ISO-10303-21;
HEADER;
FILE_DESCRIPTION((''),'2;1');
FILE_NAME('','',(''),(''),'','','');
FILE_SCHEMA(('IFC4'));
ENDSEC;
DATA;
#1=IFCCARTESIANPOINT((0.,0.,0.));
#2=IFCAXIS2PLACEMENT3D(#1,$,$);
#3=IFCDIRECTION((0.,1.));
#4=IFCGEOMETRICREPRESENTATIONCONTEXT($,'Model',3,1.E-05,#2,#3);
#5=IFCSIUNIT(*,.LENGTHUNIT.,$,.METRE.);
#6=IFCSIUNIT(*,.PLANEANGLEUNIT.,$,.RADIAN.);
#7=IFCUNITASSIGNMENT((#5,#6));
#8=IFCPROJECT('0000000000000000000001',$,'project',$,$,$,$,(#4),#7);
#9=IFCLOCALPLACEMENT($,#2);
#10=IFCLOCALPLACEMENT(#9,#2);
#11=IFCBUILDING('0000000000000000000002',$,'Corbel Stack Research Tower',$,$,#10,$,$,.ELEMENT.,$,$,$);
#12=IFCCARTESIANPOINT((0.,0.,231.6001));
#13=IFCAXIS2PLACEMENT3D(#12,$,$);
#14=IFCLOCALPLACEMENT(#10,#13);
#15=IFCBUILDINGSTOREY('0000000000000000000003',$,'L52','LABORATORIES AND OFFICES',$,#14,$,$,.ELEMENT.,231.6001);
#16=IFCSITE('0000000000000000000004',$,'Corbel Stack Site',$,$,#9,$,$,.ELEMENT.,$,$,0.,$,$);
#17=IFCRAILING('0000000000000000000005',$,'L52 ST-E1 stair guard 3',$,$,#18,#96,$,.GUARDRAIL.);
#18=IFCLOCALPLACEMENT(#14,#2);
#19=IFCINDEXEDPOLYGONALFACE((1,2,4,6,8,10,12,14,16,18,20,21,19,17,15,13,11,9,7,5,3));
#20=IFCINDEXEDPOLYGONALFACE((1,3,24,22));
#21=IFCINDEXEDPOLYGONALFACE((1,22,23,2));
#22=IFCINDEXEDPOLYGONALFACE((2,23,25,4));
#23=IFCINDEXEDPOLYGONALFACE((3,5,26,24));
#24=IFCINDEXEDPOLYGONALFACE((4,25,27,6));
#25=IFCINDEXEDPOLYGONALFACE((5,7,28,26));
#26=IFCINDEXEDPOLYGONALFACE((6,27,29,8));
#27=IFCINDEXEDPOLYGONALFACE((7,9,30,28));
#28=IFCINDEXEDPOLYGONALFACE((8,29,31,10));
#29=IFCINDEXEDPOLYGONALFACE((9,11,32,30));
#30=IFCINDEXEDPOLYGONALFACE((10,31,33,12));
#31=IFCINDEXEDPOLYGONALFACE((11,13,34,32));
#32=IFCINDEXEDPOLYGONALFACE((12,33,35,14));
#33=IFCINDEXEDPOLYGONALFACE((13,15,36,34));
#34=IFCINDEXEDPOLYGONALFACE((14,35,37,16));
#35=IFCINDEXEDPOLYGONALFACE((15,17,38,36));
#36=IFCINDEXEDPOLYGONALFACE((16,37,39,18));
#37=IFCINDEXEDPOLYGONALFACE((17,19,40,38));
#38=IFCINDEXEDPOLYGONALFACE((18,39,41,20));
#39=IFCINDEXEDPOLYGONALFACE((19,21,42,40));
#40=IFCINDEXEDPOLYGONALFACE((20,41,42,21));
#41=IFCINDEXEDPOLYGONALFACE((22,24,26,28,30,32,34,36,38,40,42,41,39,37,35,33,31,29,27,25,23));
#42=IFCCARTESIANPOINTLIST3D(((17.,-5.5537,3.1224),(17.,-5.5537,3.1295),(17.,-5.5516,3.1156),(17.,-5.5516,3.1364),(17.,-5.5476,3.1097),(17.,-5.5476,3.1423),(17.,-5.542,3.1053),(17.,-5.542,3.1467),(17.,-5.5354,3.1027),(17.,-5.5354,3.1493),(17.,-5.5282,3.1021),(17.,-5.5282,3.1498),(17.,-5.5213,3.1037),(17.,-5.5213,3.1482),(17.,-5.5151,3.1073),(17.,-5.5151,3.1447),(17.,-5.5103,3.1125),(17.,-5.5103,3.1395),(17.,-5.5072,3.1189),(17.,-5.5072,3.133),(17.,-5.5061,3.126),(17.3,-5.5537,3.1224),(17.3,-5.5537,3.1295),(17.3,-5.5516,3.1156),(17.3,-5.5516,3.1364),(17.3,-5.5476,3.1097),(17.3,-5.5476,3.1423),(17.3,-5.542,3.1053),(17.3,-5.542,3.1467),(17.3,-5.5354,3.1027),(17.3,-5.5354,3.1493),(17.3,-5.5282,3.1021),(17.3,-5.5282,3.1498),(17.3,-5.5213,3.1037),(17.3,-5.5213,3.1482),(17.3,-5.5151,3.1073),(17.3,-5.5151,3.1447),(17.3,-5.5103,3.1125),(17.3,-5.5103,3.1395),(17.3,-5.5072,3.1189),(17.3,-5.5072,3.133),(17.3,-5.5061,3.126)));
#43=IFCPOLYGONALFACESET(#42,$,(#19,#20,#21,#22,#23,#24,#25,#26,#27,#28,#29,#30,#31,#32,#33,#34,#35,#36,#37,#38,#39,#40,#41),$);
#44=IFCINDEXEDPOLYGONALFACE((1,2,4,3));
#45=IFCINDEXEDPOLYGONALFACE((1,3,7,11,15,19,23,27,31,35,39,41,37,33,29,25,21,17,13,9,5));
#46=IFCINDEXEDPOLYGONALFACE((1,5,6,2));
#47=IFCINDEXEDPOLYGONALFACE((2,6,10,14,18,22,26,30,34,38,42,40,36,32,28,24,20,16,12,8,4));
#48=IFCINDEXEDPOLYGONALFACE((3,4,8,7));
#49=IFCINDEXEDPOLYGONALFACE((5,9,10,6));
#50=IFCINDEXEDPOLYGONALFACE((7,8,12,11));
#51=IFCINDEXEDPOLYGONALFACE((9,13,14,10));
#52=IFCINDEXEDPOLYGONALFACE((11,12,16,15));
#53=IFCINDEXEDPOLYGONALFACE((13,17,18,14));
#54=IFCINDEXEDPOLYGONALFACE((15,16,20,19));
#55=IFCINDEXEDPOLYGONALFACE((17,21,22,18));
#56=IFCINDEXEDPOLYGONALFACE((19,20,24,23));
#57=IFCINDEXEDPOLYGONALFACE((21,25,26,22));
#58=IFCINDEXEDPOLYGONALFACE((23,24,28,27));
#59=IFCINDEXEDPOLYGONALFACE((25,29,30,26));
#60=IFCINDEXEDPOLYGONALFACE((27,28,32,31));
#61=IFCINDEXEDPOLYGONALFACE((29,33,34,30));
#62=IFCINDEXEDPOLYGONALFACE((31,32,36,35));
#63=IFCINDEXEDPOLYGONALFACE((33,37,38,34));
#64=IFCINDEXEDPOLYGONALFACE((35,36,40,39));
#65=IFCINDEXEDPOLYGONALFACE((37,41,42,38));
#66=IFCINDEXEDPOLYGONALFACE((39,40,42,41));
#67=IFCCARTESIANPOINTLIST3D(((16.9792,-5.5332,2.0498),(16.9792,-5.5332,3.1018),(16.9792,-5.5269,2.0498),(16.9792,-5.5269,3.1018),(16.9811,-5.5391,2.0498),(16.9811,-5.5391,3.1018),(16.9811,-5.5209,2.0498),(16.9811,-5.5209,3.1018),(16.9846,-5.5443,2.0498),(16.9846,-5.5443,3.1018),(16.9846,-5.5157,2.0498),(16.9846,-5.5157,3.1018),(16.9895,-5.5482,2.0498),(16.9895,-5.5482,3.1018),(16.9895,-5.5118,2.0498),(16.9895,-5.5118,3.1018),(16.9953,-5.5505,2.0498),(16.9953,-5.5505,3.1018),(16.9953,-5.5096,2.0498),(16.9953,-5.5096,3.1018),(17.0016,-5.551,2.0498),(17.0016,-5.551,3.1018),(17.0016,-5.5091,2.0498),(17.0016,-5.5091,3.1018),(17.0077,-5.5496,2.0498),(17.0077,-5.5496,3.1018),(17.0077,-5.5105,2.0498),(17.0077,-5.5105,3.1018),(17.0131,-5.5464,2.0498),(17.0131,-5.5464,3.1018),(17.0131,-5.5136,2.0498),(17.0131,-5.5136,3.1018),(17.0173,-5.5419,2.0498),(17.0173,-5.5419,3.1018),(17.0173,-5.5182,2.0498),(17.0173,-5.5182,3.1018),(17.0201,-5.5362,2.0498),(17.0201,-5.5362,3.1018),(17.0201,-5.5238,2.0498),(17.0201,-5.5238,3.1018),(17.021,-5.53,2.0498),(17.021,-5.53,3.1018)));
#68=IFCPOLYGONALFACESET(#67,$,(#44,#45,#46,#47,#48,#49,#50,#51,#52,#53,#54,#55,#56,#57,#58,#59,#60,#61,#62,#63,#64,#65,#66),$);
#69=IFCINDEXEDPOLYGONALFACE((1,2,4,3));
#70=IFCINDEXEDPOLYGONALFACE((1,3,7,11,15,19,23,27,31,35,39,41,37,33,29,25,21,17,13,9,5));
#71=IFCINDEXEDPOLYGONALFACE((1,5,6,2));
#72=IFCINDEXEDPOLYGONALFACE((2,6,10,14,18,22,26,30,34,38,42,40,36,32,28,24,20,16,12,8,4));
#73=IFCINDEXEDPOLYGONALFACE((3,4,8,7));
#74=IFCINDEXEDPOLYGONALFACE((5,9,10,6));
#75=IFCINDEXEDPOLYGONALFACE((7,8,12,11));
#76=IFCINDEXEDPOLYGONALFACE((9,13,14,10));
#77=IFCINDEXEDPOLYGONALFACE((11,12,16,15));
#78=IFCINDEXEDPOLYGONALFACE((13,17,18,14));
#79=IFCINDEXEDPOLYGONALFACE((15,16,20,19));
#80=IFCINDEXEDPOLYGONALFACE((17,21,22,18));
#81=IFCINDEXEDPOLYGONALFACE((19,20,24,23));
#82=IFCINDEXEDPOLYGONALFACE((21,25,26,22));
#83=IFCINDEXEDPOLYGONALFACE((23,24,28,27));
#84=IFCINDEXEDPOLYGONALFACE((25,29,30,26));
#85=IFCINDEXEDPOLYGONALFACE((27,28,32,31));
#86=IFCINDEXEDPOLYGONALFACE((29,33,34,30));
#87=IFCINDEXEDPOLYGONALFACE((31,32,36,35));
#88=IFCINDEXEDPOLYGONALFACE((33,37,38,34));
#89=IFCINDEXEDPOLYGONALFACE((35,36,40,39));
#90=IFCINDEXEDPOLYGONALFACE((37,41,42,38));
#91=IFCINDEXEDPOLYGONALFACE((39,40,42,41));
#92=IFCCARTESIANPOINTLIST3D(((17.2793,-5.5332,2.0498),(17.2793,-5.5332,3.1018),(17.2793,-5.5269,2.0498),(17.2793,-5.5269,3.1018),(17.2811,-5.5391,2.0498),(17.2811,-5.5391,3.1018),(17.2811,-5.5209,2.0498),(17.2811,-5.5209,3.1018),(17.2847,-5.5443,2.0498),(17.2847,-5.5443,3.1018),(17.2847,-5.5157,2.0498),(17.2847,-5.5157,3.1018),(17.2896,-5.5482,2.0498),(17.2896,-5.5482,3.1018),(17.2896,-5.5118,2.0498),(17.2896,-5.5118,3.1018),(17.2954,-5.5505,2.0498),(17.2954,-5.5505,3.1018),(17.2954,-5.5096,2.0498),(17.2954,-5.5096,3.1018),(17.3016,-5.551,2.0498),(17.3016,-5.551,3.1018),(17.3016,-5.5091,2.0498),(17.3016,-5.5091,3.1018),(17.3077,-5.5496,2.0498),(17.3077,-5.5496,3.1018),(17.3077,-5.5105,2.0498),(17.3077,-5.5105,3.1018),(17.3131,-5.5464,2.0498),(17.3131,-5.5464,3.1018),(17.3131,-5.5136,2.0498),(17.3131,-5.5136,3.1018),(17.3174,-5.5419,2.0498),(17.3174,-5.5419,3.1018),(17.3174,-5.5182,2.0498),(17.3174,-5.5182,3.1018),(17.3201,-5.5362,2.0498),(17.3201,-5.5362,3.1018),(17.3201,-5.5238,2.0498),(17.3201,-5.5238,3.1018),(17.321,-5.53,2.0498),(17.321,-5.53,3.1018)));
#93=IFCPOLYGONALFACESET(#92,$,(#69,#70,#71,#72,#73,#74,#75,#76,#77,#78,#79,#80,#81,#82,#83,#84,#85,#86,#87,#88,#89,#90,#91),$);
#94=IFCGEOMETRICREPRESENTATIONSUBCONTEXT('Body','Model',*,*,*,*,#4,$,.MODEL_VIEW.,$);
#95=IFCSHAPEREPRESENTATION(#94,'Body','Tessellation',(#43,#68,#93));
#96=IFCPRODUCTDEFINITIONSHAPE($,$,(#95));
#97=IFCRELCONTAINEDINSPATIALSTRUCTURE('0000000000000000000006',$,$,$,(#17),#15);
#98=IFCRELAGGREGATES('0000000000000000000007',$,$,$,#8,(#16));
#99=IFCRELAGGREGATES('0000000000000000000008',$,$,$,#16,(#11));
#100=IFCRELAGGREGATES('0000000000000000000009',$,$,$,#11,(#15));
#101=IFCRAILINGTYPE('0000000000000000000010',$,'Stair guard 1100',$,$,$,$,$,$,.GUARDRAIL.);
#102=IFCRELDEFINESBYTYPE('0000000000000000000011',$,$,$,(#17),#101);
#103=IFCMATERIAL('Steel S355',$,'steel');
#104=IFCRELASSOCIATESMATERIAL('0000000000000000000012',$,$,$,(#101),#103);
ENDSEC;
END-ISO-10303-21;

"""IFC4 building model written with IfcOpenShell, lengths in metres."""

from ifc_helpers import new_model, si_unit, direction, frame, origin, origin_2d, place, context, subcontext, project, spatial, circle, extrude, material, type_object, element, save


model = new_model("IFC4")

# Units and contexts
model_context = context("Model", 3, precision=1e-05, world=origin(), true_north=direction((0.0, 1.0)))
body_context = subcontext(model_context, "Body", "Model", "MODEL_VIEW")
ifc_project = project(units=[si_unit("LENGTHUNIT", "METRE"), si_unit("PLANEANGLEUNIT", "RADIAN")], contexts=[model_context])

# Site, building, storey
site_placement = place(None, origin())
site = spatial("IfcSite", under=ifc_project, at=site_placement, Name="Corbel Stack Site", CompositionType="ELEMENT", RefElevation=0.0)
building_placement = place(site_placement, origin())
building = spatial("IfcBuilding", under=site, at=building_placement, Name="Corbel Stack Research Tower", CompositionType="ELEMENT")
storey_placement = place(building_placement, frame((0.0, 0.0, 231.6001)))
storey = spatial("IfcBuildingStorey", under=building, at=storey_placement, Name="L52", Description="LABORATORIES AND OFFICES", CompositionType="ELEMENT", Elevation=231.6001)

# Railing
ifc_material_1 = material(Name="Steel S355", Category="steel")
railing_type_1 = type_object("IfcRailingType", Name="Stair guard 1100", PredefinedType="GUARDRAIL", material=ifc_material_1)
railing_1_placement = place(storey_placement, frame((17.0, -5.53, 2.0498)))
element("IfcRailing", 1, at=railing_1_placement, inside=storey, type_object=railing_type_1, Name="L52 ST-E1 stair guard 3", PredefinedType="GUARDRAIL", context=body_context, shape_type="SweptSolid", body=[
    extrude(circle(Radius=0.0239, at=origin_2d()), frame((0.0, 0.0, 1.0762), z_axis=(1.0, 0.0, 0.0), x_axis=(0.0, 1.0, 0.0)), (0.0, 0.0, 1.0), 0.3),
    extrude(circle(Radius=0.021, at=origin_2d()), origin(), (0.0, 0.0, 1.0), 1.052),
    extrude(circle(Radius=0.021, at=origin_2d()), frame((0.3, 0.0, 0.0)), (0.0, 0.0, 1.0), 1.052),
])

save(model, "model.ifc")
